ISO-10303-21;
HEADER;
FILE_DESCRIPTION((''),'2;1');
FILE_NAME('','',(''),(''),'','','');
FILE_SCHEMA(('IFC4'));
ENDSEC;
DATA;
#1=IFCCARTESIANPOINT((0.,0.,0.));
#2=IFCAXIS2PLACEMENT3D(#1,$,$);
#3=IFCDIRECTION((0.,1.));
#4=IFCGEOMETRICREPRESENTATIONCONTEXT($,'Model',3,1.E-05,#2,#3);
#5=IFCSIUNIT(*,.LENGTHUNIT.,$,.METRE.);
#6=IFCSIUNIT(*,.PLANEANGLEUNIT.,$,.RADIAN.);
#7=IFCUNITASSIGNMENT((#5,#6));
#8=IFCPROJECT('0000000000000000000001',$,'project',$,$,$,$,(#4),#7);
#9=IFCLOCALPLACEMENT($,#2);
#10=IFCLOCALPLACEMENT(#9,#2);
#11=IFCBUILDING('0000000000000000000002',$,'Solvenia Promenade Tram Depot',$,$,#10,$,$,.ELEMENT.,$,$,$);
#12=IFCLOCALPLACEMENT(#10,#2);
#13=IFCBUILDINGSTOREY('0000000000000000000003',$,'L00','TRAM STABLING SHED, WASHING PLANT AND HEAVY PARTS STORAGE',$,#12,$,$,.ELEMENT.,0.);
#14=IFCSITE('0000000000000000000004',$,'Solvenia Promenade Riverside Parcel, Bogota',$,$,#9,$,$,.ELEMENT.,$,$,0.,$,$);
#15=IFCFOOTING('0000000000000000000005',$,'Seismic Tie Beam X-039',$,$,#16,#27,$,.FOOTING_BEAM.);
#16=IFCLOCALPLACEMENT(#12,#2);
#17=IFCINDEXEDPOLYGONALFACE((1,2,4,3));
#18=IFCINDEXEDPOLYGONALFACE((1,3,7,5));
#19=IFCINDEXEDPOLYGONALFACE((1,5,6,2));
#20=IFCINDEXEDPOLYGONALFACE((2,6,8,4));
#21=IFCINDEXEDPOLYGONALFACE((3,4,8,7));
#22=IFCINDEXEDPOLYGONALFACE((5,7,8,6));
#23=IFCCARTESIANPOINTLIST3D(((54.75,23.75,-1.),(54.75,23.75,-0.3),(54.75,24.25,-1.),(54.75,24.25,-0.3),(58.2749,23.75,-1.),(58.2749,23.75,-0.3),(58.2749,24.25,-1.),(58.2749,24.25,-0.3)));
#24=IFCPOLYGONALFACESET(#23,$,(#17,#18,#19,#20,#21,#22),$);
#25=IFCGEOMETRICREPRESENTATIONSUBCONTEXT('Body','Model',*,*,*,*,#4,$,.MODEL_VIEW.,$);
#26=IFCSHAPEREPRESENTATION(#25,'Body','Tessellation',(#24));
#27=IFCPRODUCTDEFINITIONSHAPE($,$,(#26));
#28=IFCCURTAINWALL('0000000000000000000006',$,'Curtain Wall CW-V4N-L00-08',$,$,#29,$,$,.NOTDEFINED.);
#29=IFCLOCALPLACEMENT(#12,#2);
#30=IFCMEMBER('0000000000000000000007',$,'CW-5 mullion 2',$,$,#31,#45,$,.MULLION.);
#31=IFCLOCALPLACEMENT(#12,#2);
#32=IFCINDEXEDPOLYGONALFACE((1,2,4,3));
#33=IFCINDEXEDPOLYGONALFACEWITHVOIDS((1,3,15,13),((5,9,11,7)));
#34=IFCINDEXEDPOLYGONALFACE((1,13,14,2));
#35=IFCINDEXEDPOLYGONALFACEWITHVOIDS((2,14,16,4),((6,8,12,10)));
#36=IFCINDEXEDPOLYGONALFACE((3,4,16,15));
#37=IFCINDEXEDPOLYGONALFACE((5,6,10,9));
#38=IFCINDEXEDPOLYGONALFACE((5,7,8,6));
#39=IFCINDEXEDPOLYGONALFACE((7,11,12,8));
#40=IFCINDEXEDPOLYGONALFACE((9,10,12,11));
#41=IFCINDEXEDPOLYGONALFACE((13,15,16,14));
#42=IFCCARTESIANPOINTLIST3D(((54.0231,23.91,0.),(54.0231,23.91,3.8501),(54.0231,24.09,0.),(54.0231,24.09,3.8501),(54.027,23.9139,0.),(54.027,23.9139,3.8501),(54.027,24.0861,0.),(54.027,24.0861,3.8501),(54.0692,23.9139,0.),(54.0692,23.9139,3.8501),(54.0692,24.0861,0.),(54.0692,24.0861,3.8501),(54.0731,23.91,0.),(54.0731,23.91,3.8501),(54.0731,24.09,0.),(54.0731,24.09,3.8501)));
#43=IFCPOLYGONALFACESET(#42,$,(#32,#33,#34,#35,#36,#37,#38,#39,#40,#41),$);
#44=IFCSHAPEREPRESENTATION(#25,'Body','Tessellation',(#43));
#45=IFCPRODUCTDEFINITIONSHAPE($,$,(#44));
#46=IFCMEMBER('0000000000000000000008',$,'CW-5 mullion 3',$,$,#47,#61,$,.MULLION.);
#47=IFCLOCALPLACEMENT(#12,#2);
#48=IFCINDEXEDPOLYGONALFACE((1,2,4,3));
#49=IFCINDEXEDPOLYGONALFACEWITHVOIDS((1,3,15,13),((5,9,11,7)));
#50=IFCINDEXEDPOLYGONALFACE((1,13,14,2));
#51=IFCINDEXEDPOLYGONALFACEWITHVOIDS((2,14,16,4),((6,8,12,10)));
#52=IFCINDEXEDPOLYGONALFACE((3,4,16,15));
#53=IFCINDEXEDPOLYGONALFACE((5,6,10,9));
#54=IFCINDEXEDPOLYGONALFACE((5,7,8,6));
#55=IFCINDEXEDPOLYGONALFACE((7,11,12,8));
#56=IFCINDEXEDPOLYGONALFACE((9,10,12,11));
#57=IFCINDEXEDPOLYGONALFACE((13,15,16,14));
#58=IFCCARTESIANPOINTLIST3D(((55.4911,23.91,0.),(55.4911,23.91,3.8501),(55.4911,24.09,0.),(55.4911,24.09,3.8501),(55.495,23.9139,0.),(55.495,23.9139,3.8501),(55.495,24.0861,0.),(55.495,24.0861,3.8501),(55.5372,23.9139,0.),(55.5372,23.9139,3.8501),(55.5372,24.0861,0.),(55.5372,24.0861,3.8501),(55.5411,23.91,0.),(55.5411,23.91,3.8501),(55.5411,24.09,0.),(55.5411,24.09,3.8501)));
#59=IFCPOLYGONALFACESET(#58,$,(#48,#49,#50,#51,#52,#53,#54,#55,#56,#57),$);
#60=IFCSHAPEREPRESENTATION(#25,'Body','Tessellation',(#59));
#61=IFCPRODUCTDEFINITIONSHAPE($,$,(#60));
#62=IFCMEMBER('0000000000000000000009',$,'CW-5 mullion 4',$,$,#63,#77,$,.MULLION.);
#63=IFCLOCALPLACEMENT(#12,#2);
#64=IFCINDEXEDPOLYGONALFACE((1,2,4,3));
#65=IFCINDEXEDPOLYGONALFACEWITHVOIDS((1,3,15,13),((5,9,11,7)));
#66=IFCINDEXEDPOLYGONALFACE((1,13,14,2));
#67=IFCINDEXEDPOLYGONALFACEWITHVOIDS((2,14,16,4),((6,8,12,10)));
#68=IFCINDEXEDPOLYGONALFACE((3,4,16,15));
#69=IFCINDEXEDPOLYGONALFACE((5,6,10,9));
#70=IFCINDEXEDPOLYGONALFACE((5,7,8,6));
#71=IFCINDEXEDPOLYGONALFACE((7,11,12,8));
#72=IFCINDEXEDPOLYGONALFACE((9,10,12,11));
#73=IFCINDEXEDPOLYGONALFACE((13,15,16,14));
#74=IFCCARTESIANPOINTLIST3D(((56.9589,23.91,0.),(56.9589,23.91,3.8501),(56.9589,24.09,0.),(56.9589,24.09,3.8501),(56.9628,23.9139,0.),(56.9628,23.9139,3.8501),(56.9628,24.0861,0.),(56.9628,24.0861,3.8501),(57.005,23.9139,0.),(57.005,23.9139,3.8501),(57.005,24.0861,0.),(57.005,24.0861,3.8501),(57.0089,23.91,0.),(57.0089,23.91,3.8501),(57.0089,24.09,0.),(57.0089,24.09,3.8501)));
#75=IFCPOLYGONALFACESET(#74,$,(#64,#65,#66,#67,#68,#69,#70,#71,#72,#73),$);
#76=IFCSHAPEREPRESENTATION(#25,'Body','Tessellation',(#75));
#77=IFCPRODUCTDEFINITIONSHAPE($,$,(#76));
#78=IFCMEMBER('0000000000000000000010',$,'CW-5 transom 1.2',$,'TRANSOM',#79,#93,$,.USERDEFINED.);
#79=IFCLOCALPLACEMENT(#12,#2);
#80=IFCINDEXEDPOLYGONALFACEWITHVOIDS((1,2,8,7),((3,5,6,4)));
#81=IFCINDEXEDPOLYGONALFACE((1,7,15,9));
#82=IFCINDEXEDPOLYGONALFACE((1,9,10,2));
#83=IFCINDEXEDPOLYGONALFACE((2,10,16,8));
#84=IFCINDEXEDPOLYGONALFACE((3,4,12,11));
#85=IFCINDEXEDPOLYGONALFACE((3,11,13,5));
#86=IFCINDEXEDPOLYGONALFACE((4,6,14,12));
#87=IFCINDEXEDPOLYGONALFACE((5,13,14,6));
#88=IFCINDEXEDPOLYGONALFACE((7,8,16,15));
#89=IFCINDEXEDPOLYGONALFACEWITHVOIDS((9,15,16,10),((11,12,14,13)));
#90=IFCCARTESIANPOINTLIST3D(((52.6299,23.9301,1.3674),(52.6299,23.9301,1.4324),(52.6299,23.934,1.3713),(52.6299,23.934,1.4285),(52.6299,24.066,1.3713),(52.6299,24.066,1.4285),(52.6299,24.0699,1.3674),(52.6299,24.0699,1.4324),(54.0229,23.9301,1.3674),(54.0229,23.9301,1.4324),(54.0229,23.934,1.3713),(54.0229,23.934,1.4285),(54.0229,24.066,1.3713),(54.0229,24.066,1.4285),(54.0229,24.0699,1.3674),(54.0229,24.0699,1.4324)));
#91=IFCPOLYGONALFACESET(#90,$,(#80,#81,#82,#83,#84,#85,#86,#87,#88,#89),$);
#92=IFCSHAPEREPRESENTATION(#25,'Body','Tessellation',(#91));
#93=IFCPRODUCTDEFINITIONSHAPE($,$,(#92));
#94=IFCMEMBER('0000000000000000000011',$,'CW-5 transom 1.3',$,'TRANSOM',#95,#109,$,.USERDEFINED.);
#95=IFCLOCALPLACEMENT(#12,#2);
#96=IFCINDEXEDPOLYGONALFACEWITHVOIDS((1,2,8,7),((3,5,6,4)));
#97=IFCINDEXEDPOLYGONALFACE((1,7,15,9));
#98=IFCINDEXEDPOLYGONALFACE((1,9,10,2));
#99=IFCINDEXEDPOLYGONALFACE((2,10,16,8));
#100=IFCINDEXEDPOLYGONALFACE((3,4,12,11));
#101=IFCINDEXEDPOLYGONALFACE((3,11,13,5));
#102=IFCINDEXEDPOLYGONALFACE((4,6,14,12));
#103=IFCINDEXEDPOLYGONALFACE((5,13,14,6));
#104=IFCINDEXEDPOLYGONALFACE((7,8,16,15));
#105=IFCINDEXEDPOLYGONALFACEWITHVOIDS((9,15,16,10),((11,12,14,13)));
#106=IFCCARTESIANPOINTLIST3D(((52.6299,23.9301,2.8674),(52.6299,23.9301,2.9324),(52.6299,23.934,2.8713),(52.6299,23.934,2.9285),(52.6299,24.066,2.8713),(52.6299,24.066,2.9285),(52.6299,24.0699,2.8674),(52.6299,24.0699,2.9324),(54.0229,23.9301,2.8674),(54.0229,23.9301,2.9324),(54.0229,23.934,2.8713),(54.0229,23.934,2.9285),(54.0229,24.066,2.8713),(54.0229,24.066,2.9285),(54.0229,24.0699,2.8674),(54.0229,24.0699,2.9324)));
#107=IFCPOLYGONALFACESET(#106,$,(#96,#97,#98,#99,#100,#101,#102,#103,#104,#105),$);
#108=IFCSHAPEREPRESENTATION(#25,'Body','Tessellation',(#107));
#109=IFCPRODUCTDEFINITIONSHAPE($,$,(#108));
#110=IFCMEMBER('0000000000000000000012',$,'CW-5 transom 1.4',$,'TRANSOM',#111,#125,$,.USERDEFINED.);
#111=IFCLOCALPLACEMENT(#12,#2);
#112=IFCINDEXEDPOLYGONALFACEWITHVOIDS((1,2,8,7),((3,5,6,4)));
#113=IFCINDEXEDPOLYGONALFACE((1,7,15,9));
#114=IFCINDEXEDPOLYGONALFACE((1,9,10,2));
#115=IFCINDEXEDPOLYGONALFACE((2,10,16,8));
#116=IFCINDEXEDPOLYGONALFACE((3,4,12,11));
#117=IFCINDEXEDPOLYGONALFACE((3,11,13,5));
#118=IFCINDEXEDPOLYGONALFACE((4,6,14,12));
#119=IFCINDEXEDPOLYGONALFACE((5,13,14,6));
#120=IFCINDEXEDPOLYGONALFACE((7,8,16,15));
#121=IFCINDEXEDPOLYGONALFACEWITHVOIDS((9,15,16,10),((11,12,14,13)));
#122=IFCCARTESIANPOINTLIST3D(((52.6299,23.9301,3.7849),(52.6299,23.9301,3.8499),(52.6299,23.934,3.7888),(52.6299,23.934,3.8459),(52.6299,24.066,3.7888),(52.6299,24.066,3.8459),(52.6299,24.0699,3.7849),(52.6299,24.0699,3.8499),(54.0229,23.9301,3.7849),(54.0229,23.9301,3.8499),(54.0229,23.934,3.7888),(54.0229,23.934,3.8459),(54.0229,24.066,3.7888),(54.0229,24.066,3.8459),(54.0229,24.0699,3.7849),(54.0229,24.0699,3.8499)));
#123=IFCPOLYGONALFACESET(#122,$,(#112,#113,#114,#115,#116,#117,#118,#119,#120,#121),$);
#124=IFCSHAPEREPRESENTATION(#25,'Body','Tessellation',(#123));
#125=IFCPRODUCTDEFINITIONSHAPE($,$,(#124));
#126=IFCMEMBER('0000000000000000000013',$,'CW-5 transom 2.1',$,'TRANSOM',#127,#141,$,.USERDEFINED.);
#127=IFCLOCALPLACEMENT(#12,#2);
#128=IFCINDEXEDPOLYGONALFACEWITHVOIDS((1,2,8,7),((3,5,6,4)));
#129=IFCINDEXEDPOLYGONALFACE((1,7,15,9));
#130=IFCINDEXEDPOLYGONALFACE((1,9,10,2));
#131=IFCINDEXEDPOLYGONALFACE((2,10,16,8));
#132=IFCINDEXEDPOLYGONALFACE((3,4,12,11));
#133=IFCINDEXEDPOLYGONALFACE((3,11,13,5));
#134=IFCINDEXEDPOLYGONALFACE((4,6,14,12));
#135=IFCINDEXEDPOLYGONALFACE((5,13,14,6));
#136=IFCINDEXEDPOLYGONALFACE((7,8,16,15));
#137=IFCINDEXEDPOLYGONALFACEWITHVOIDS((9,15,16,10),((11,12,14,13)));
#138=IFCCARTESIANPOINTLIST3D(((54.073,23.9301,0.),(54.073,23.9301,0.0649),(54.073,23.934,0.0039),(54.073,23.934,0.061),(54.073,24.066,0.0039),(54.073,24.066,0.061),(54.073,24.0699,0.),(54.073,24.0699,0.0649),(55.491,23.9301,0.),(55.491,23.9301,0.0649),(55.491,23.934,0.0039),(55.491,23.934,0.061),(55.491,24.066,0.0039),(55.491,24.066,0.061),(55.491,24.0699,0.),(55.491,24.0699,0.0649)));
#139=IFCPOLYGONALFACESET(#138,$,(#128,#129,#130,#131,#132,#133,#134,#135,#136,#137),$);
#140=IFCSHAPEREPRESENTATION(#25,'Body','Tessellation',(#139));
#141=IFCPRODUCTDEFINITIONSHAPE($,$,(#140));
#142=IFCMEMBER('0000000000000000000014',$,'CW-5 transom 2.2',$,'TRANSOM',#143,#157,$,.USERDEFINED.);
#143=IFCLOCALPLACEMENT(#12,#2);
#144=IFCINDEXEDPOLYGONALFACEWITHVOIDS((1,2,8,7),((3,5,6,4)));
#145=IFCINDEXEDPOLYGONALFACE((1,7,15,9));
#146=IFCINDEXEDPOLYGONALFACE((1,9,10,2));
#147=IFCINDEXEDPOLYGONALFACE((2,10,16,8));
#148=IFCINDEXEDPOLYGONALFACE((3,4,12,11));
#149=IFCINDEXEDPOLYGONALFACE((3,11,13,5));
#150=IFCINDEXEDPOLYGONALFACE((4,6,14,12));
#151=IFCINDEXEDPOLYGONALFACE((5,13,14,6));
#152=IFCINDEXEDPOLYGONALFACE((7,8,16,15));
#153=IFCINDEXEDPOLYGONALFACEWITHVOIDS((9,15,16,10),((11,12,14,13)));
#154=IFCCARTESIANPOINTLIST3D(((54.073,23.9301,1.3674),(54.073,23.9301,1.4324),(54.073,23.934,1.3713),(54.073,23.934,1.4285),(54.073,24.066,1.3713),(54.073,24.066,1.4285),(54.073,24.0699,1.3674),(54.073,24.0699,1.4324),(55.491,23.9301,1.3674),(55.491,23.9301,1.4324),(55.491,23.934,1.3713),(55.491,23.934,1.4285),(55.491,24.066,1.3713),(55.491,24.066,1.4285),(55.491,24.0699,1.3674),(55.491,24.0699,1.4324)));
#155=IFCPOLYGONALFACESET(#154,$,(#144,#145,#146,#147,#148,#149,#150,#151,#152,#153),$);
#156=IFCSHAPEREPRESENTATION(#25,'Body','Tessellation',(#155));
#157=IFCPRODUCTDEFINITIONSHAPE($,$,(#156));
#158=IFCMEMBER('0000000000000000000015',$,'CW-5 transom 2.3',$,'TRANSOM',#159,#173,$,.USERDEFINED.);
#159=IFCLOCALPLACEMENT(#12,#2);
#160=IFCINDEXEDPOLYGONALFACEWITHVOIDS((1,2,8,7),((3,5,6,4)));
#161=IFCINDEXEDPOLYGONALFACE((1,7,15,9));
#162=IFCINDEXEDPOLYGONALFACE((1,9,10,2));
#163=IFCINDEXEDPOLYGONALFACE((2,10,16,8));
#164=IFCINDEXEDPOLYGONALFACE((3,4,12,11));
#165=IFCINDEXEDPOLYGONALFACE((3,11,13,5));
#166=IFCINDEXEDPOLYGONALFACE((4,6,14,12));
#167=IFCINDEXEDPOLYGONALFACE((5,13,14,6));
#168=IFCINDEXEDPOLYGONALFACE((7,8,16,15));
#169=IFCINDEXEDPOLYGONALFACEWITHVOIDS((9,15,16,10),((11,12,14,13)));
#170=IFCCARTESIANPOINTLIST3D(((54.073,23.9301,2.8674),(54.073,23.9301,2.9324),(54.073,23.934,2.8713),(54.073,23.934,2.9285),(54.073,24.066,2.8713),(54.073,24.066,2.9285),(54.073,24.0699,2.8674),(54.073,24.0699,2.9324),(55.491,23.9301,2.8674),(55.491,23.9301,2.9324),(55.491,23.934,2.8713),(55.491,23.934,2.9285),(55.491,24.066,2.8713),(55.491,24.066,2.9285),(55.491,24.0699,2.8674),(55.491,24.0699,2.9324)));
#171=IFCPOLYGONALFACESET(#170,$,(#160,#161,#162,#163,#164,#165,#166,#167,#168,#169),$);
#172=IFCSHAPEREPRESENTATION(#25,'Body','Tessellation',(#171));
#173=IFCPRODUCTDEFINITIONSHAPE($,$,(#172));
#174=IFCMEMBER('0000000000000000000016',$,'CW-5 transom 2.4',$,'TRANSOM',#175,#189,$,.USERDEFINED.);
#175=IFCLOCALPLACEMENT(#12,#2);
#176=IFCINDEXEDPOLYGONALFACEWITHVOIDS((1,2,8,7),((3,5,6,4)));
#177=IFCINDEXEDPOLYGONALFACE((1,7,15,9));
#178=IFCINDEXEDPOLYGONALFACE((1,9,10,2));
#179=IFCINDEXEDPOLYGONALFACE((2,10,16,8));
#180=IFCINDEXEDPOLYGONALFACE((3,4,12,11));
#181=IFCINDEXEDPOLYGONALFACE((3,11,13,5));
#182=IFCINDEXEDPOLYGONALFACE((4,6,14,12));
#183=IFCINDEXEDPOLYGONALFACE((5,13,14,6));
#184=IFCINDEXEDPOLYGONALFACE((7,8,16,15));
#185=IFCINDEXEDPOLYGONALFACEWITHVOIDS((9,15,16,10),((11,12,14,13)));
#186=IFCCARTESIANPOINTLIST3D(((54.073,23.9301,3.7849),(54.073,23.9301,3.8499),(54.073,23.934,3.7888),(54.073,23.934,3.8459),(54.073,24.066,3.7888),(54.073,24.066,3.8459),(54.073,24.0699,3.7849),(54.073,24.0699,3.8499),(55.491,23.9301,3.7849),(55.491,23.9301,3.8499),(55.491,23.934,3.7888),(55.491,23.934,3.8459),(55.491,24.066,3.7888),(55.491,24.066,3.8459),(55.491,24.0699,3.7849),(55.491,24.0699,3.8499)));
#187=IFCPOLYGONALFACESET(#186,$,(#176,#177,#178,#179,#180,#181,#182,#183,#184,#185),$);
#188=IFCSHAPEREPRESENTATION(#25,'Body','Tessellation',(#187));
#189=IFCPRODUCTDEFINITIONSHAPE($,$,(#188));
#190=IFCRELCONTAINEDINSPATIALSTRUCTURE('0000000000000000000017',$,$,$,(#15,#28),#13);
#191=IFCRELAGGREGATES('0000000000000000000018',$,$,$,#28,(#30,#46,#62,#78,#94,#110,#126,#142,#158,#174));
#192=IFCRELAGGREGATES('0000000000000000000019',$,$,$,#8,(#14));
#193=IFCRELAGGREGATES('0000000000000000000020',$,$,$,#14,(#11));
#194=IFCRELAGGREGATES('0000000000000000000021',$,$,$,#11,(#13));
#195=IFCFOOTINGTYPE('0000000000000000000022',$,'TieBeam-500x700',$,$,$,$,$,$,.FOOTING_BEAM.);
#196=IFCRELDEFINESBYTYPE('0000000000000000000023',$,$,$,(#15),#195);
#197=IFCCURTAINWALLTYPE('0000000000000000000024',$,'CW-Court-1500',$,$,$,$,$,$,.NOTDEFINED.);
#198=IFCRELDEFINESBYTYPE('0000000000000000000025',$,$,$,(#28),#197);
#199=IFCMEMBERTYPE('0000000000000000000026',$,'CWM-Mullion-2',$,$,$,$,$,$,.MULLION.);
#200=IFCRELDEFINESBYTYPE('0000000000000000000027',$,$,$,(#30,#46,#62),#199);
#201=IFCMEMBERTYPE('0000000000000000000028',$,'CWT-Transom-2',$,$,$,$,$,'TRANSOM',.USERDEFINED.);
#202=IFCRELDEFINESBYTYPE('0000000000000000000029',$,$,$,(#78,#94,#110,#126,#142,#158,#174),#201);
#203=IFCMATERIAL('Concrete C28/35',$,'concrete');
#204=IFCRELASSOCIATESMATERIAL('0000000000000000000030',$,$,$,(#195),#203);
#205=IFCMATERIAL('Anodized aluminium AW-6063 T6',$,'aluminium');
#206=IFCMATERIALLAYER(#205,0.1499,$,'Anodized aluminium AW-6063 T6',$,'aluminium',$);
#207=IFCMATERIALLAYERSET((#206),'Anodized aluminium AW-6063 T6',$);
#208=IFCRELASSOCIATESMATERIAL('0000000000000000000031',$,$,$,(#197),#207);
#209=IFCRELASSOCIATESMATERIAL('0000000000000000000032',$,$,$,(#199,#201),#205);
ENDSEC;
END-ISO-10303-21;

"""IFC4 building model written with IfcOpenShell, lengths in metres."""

from ifc_helpers import new_model, si_unit, direction, frame, origin, origin_2d, place, context, subcontext, project, spatial, rectangle, hollow_rectangle, extrude, material, layer, layer_set, material_profile, profile_set, type_object, element, aggregate, save


model = new_model("IFC4")

# Units and contexts
model_context = context("Model", 3, precision=1e-05, world=origin(), true_north=direction((0.0, 1.0)))
body_context = subcontext(model_context, "Body", "Model", "MODEL_VIEW")
ifc_project = project(units=[si_unit("LENGTHUNIT", "METRE"), si_unit("PLANEANGLEUNIT", "RADIAN")], contexts=[model_context])

# Site, building, storey
site_placement = place(None, origin())
site = spatial("IfcSite", under=ifc_project, at=site_placement, Name="Solvenia Promenade Riverside Parcel, Bogota", CompositionType="ELEMENT", RefElevation=0.0)
building_placement = place(site_placement, origin())
building = spatial("IfcBuilding", under=site, at=building_placement, Name="Solvenia Promenade Tram Depot", CompositionType="ELEMENT")
storey_placement = place(building_placement, origin())
storey = spatial("IfcBuildingStorey", under=building, at=storey_placement, Name="L00", Description="TRAM STABLING SHED, WASHING PLANT AND HEAVY PARTS STORAGE", CompositionType="ELEMENT", Elevation=0.0)

# Footing
ifc_material_1 = material(Name="Concrete C28/35", Category="concrete")
footing_type = type_object("IfcFootingType", Name="TieBeam-500x700", PredefinedType="FOOTING_BEAM", material=ifc_material_1)
footing_placement = place(storey_placement, frame((56.5125, 24.0, -1.0), z_axis=(0.0, 0.0, 1.0), x_axis=(1.0, 0.0, 0.0)))
element("IfcFooting", 1, at=footing_placement, inside=storey, type_object=footing_type, Name="Seismic Tie Beam X-039", PredefinedType="FOOTING_BEAM", context=body_context, shape_type="SweptSolid", body=[
    extrude(rectangle(XDim=3.5249, YDim=0.5, at=origin_2d()), origin(), (0.0, 0.0, 1.0), 0.7),
])

# Curtain wall, members
ifc_material_2 = material(Name="Anodized aluminium AW-6063 T6", Category="aluminium")
ifc_layer_1 = layer(ifc_material_2, 0.1499, Name="Anodized aluminium AW-6063 T6", Category="aluminium")
ifc_layer_set_1 = layer_set([ifc_layer_1], Name="Anodized aluminium AW-6063 T6")
curtain_wall_type = type_object("IfcCurtainWallType", Name="CW-Court-1500", PredefinedType="NOTDEFINED", material=ifc_layer_set_1)
curtain_wall_placement = place(storey_placement, origin())
curtain_wall = element("IfcCurtainWall", 2, at=curtain_wall_placement, inside=storey, type_object=curtain_wall_type, Name="Curtain Wall CW-V4N-L00-08", PredefinedType="NOTDEFINED")
ifc_material_profile_1 = material_profile(ifc_material_2, hollow_rectangle(XDim=0.1799, YDim=0.05, WallThickness=0.0039, at=origin_2d()), Name="ALU-M2", Category="aluminium")
ifc_profile_set_1 = profile_set([ifc_material_profile_1], Name="Anodized aluminium AW-6063 T6")
member_type_1 = type_object("IfcMemberType", Name="CWM-Mullion-2", PredefinedType="MULLION", material=ifc_profile_set_1)
member_1_placement = place(storey_placement, frame((54.0481, 24.0, 0.0), z_axis=(0.0, 0.0, 1.0), x_axis=(0.0, 1.0, 0.0)))
member_1 = element("IfcMember", 3, at=member_1_placement, type_object=member_type_1, Name="CW-5 mullion 2", PredefinedType="MULLION", context=body_context, shape_type="SweptSolid", body=[
    extrude(hollow_rectangle(XDim=0.1799, YDim=0.05, WallThickness=0.0039, at=origin_2d()), origin(), (0.0, 0.0, 1.0), 3.8501),
])
member_2_placement = place(storey_placement, frame((55.5161, 24.0, 0.0), z_axis=(0.0, 0.0, 1.0), x_axis=(0.0, 1.0, 0.0)))
member_2 = element("IfcMember", 4, at=member_2_placement, type_object=member_type_1, Name="CW-5 mullion 3", PredefinedType="MULLION", context=body_context, shape_type="SweptSolid", body=[
    extrude(hollow_rectangle(XDim=0.1799, YDim=0.05, WallThickness=0.0039, at=origin_2d()), origin(), (0.0, 0.0, 1.0), 3.8501),
])
member_3_placement = place(storey_placement, frame((56.9839, 24.0, 0.0), z_axis=(0.0, 0.0, 1.0), x_axis=(0.0, 1.0, 0.0)))
member_3 = element("IfcMember", 5, at=member_3_placement, type_object=member_type_1, Name="CW-5 mullion 4", PredefinedType="MULLION", context=body_context, shape_type="SweptSolid", body=[
    extrude(hollow_rectangle(XDim=0.1799, YDim=0.05, WallThickness=0.0039, at=origin_2d()), origin(), (0.0, 0.0, 1.0), 3.8501),
])
ifc_material_profile_2 = material_profile(ifc_material_2, hollow_rectangle(XDim=0.1399, YDim=0.0649, WallThickness=0.0039, at=origin_2d()), Name="ALU-T2", Category="aluminium")
ifc_profile_set_2 = profile_set([ifc_material_profile_2], Name="Anodized aluminium AW-6063 T6")
member_type_2 = type_object("IfcMemberType", Name="CWT-Transom-2", ElementType="TRANSOM", PredefinedType="USERDEFINED", material=ifc_profile_set_2)
member_4_placement = place(storey_placement, frame((52.6299, 24.0, 1.3999), z_axis=(1.0, 0.0, 0.0), x_axis=(0.0, 1.0, 0.0)))
member_4 = element("IfcMember", 6, at=member_4_placement, type_object=member_type_2, Name="CW-5 transom 1.2", ObjectType="TRANSOM", PredefinedType="USERDEFINED", context=body_context, shape_type="SweptSolid", body=[
    extrude(hollow_rectangle(XDim=0.1399, YDim=0.0649, WallThickness=0.0039, at=origin_2d()), origin(), (0.0, 0.0, 1.0), 1.3931),
])
member_5_placement = place(storey_placement, frame((52.6299, 24.0, 2.8999), z_axis=(1.0, 0.0, 0.0), x_axis=(0.0, 1.0, 0.0)))
member_5 = element("IfcMember", 7, at=member_5_placement, type_object=member_type_2, Name="CW-5 transom 1.3", ObjectType="TRANSOM", PredefinedType="USERDEFINED", context=body_context, shape_type="SweptSolid", body=[
    extrude(hollow_rectangle(XDim=0.1399, YDim=0.0649, WallThickness=0.0039, at=origin_2d()), origin(), (0.0, 0.0, 1.0), 1.3931),
])
member_6_placement = place(storey_placement, frame((52.6299, 24.0, 3.8174), z_axis=(1.0, 0.0, 0.0), x_axis=(0.0, 1.0, 0.0)))
member_6 = element("IfcMember", 8, at=member_6_placement, type_object=member_type_2, Name="CW-5 transom 1.4", ObjectType="TRANSOM", PredefinedType="USERDEFINED", context=body_context, shape_type="SweptSolid", body=[
    extrude(hollow_rectangle(XDim=0.1399, YDim=0.0649, WallThickness=0.0039, at=origin_2d()), origin(), (0.0, 0.0, 1.0), 1.3931),
])
member_7_placement = place(storey_placement, frame((54.073, 24.0, 0.0325), z_axis=(1.0, 0.0, 0.0), x_axis=(0.0, 1.0, 0.0)))
member_7 = element("IfcMember", 9, at=member_7_placement, type_object=member_type_2, Name="CW-5 transom 2.1", ObjectType="TRANSOM", PredefinedType="USERDEFINED", context=body_context, shape_type="SweptSolid", body=[
    extrude(hollow_rectangle(XDim=0.1399, YDim=0.0649, WallThickness=0.0039, at=origin_2d()), origin(), (0.0, 0.0, 1.0), 1.418),
])
member_8_placement = place(storey_placement, frame((54.073, 24.0, 1.3999), z_axis=(1.0, 0.0, 0.0), x_axis=(0.0, 1.0, 0.0)))
member_8 = element("IfcMember", 10, at=member_8_placement, type_object=member_type_2, Name="CW-5 transom 2.2", ObjectType="TRANSOM", PredefinedType="USERDEFINED", context=body_context, shape_type="SweptSolid", body=[
    extrude(hollow_rectangle(XDim=0.1399, YDim=0.0649, WallThickness=0.0039, at=origin_2d()), origin(), (0.0, 0.0, 1.0), 1.418),
])
member_9_placement = place(storey_placement, frame((54.073, 24.0, 2.8999), z_axis=(1.0, 0.0, 0.0), x_axis=(0.0, 1.0, 0.0)))
member_9 = element("IfcMember", 11, at=member_9_placement, type_object=member_type_2, Name="CW-5 transom 2.3", ObjectType="TRANSOM", PredefinedType="USERDEFINED", context=body_context, shape_type="SweptSolid", body=[
    extrude(hollow_rectangle(XDim=0.1399, YDim=0.0649, WallThickness=0.0039, at=origin_2d()), origin(), (0.0, 0.0, 1.0), 1.418),
])
member_10_placement = place(storey_placement, frame((54.073, 24.0, 3.8174), z_axis=(1.0, 0.0, 0.0), x_axis=(0.0, 1.0, 0.0)))
member_10 = element("IfcMember", 12, at=member_10_placement, type_object=member_type_2, Name="CW-5 transom 2.4", ObjectType="TRANSOM", PredefinedType="USERDEFINED", context=body_context, shape_type="SweptSolid", body=[
    extrude(hollow_rectangle(XDim=0.1399, YDim=0.0649, WallThickness=0.0039, at=origin_2d()), origin(), (0.0, 0.0, 1.0), 1.418),
])
aggregate(curtain_wall, [member_1, member_2, member_3, member_4, member_5, member_6, member_7, member_8, member_9, member_10])

save(model, "model.ifc")
